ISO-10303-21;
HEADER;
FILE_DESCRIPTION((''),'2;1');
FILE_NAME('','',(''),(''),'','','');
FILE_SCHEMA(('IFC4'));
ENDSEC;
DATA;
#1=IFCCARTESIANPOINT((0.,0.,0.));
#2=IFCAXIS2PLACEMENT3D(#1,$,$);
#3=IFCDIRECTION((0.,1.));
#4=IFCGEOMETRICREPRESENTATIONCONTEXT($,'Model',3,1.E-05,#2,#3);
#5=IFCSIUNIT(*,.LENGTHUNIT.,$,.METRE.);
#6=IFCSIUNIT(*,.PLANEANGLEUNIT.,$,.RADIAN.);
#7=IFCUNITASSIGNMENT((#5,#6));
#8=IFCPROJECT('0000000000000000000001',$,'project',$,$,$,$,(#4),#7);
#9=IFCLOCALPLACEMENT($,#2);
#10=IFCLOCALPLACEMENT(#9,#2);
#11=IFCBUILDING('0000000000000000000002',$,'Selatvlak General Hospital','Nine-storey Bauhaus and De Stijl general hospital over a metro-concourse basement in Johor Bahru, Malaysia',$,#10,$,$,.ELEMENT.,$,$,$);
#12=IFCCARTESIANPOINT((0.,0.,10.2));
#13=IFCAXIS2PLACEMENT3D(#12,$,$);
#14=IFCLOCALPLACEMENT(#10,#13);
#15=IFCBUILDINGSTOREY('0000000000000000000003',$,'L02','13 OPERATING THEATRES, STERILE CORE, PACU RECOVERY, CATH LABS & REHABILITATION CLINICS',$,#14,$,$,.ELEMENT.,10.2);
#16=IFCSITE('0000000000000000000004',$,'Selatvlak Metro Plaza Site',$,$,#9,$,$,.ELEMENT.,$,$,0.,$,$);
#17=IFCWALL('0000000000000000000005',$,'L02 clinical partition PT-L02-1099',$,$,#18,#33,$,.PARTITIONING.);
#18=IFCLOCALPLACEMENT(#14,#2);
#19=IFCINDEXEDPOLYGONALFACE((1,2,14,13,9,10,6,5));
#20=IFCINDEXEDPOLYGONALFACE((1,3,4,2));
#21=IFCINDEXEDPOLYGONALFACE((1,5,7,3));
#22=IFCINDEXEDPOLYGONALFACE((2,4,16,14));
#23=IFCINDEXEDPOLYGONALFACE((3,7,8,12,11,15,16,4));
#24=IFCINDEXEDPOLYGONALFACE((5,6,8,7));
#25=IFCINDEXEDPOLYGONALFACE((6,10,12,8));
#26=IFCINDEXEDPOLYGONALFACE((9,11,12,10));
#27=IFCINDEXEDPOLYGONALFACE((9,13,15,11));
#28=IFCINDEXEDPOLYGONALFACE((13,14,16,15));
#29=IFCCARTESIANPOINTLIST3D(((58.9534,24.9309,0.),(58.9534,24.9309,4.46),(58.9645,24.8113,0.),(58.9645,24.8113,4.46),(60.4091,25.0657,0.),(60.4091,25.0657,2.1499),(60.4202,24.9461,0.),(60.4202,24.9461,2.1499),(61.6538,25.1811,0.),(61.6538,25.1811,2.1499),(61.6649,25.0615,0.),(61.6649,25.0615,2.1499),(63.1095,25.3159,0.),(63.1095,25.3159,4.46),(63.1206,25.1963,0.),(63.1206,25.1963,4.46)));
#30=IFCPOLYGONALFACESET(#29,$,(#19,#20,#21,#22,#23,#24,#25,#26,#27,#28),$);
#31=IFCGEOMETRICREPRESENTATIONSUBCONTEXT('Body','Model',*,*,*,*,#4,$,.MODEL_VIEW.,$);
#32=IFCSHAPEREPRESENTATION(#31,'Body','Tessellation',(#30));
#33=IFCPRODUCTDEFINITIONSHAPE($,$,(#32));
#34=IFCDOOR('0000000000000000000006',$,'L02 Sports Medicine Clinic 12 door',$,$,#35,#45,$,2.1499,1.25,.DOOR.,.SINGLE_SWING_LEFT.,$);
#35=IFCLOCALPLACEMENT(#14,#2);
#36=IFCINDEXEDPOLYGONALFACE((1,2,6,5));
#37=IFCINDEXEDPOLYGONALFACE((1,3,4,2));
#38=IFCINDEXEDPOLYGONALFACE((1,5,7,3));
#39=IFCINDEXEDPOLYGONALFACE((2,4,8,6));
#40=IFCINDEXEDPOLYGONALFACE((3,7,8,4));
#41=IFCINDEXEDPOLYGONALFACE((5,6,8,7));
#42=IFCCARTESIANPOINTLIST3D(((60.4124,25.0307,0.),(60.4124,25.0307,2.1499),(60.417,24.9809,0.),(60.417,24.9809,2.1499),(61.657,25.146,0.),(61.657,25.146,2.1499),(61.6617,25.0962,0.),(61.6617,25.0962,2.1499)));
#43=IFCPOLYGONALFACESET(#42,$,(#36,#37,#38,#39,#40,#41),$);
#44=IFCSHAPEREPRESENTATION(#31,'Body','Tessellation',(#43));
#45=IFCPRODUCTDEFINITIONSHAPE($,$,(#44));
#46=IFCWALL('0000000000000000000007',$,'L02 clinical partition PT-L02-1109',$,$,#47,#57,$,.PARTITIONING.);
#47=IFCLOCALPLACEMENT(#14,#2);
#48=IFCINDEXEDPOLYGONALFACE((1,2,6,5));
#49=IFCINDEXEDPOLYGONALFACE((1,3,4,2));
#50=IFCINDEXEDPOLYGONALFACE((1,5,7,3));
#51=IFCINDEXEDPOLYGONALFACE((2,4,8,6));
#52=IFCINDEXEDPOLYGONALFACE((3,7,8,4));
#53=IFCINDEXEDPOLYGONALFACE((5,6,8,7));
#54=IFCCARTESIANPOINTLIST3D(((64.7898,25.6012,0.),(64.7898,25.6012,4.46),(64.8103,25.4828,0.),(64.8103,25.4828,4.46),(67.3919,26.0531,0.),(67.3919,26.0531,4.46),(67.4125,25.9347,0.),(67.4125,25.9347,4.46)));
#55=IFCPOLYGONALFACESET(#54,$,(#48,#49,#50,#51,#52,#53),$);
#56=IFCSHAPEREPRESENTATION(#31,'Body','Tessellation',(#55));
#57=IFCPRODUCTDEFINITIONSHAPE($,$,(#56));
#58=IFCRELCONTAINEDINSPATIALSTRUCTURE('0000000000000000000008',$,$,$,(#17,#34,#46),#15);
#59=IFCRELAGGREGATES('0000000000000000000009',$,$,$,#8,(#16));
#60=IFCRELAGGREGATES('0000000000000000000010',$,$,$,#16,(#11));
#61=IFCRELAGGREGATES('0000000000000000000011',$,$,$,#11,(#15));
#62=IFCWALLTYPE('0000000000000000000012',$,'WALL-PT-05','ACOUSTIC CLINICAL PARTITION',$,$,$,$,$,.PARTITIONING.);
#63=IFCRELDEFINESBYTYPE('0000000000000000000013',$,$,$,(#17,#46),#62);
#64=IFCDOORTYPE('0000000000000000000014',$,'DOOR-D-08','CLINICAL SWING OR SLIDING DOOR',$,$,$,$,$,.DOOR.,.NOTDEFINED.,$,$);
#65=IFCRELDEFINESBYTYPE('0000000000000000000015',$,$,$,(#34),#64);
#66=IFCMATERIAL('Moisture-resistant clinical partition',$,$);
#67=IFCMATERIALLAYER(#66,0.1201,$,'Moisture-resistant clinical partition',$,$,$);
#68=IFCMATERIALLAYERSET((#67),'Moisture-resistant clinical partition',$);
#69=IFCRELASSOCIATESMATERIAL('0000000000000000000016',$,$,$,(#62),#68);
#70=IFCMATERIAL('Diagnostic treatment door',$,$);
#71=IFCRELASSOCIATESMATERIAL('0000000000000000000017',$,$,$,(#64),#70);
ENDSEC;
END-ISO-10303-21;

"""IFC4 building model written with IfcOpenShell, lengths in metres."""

from ifc_helpers import new_model, si_unit, direction, frame, frame_2d, origin, place, context, subcontext, project, spatial, rectangle, extrude, material, layer, layer_set, type_object, element, fill, save


model = new_model("IFC4")

# Units and contexts
model_context = context("Model", 3, precision=1e-05, world=origin(), true_north=direction((0.0, 1.0)))
body_context = subcontext(model_context, "Body", "Model", "MODEL_VIEW")
ifc_project = project(units=[si_unit("LENGTHUNIT", "METRE"), si_unit("PLANEANGLEUNIT", "RADIAN")], contexts=[model_context])

# Site, building, storey
site_placement = place(None, origin())
site = spatial("IfcSite", under=ifc_project, at=site_placement, Name="Selatvlak Metro Plaza Site", CompositionType="ELEMENT", RefElevation=0.0)
building_placement = place(site_placement, origin())
building = spatial("IfcBuilding", under=site, at=building_placement, Name="Selatvlak General Hospital", Description="Nine-storey Bauhaus and De Stijl general hospital over a metro-concourse basement in Johor Bahru, Malaysia", CompositionType="ELEMENT")
storey_placement = place(building_placement, frame((0.0, 0.0, 10.2)))
storey = spatial("IfcBuildingStorey", under=building, at=storey_placement, Name="L02", Description="13 OPERATING THEATRES, STERILE CORE, PACU RECOVERY, CATH LABS & REHABILITATION CLINICS", CompositionType="ELEMENT", Elevation=10.2)

# Shared definitions
ifc_material_1 = material(Name="Moisture-resistant clinical partition")

# Shared definitions
ifc_layer_1 = layer(ifc_material_1, 0.1201, Name="Moisture-resistant clinical partition")
ifc_layer_set_1 = layer_set([ifc_layer_1], Name="Moisture-resistant clinical partition")
wall_type_1 = type_object("IfcWallType", Name="WALL-PT-05", Description="ACOUSTIC CLINICAL PARTITION", PredefinedType="PARTITIONING", material=ifc_layer_set_1)

# Wall, opening, door
wall_1_placement = place(storey_placement, frame((58.959, 24.8711, 0.0), z_axis=(0.0, 0.0, 1.0), x_axis=(0.995736, 0.092244, 0.0)))
wall_1 = element("IfcWall", 1, at=wall_1_placement, inside=storey, type_object=wall_type_1, Name="L02 clinical partition PT-L02-1099", PredefinedType="PARTITIONING", context=body_context, shape_type="SweptSolid", body=[
    extrude(rectangle(XDim=4.1738, YDim=0.1201, at=frame_2d((2.0869, 0.0))), origin(), (0.0, 0.0, 1.0), 4.46),
])
opening_1_placement = place(wall_1_placement, frame((1.4619, 0.0, 0.0)))
opening_1 = element("IfcOpeningElement", 2, at=opening_1_placement, cuts=wall_1, PredefinedType="OPENING", context=body_context, shape_type="SweptSolid", body=[
    extrude(rectangle(XDim=1.25, YDim=2.1499, at=frame_2d((0.625, 1.075))), frame((0.0, 0.0701, 0.0), z_axis=(0.0, -1.0, 0.0), x_axis=(1.0, 0.0, 0.0)), (0.0, 0.0, 1.0), 0.1401),
])
ifc_material_2 = material(Name="Diagnostic treatment door")
door_type_1 = type_object("IfcDoorType", Name="DOOR-D-08", Description="CLINICAL SWING OR SLIDING DOOR", OperationType="NOTDEFINED", PredefinedType="DOOR", material=ifc_material_2)
door_1_placement = place(opening_1_placement, origin())
door_1 = element("IfcDoor", 3, at=door_1_placement, inside=storey, type_object=door_type_1, Name="L02 Sports Medicine Clinic 12 door", OperationType="SINGLE_SWING_LEFT", OverallHeight=2.1499, OverallWidth=1.25, PredefinedType="DOOR", context=body_context, shape_type="SweptSolid", body=[
    extrude(rectangle(XDim=1.25, YDim=2.1499, at=frame_2d((0.625, 1.075))), frame((0.0, 0.0249, 0.0), z_axis=(0.0, -1.0, 0.0), x_axis=(1.0, 0.0, 0.0)), (0.0, 0.0, 1.0), 0.05),
])
fill(opening_1, door_1)

# Wall
wall_2_placement = place(storey_placement, frame((64.8, 25.542, 0.0), z_axis=(0.0, 0.0, 1.0), x_axis=(0.985252, 0.171111, 0.0)))
element("IfcWall", 4, at=wall_2_placement, inside=storey, type_object=wall_type_1, Name="L02 clinical partition PT-L02-1109", PredefinedType="PARTITIONING", context=body_context, shape_type="SweptSolid", body=[
    extrude(rectangle(XDim=2.6411, YDim=0.1201, at=frame_2d((1.3206, 0.0))), origin(), (0.0, 0.0, 1.0), 4.46),
])

save(model, "model.ifc")
